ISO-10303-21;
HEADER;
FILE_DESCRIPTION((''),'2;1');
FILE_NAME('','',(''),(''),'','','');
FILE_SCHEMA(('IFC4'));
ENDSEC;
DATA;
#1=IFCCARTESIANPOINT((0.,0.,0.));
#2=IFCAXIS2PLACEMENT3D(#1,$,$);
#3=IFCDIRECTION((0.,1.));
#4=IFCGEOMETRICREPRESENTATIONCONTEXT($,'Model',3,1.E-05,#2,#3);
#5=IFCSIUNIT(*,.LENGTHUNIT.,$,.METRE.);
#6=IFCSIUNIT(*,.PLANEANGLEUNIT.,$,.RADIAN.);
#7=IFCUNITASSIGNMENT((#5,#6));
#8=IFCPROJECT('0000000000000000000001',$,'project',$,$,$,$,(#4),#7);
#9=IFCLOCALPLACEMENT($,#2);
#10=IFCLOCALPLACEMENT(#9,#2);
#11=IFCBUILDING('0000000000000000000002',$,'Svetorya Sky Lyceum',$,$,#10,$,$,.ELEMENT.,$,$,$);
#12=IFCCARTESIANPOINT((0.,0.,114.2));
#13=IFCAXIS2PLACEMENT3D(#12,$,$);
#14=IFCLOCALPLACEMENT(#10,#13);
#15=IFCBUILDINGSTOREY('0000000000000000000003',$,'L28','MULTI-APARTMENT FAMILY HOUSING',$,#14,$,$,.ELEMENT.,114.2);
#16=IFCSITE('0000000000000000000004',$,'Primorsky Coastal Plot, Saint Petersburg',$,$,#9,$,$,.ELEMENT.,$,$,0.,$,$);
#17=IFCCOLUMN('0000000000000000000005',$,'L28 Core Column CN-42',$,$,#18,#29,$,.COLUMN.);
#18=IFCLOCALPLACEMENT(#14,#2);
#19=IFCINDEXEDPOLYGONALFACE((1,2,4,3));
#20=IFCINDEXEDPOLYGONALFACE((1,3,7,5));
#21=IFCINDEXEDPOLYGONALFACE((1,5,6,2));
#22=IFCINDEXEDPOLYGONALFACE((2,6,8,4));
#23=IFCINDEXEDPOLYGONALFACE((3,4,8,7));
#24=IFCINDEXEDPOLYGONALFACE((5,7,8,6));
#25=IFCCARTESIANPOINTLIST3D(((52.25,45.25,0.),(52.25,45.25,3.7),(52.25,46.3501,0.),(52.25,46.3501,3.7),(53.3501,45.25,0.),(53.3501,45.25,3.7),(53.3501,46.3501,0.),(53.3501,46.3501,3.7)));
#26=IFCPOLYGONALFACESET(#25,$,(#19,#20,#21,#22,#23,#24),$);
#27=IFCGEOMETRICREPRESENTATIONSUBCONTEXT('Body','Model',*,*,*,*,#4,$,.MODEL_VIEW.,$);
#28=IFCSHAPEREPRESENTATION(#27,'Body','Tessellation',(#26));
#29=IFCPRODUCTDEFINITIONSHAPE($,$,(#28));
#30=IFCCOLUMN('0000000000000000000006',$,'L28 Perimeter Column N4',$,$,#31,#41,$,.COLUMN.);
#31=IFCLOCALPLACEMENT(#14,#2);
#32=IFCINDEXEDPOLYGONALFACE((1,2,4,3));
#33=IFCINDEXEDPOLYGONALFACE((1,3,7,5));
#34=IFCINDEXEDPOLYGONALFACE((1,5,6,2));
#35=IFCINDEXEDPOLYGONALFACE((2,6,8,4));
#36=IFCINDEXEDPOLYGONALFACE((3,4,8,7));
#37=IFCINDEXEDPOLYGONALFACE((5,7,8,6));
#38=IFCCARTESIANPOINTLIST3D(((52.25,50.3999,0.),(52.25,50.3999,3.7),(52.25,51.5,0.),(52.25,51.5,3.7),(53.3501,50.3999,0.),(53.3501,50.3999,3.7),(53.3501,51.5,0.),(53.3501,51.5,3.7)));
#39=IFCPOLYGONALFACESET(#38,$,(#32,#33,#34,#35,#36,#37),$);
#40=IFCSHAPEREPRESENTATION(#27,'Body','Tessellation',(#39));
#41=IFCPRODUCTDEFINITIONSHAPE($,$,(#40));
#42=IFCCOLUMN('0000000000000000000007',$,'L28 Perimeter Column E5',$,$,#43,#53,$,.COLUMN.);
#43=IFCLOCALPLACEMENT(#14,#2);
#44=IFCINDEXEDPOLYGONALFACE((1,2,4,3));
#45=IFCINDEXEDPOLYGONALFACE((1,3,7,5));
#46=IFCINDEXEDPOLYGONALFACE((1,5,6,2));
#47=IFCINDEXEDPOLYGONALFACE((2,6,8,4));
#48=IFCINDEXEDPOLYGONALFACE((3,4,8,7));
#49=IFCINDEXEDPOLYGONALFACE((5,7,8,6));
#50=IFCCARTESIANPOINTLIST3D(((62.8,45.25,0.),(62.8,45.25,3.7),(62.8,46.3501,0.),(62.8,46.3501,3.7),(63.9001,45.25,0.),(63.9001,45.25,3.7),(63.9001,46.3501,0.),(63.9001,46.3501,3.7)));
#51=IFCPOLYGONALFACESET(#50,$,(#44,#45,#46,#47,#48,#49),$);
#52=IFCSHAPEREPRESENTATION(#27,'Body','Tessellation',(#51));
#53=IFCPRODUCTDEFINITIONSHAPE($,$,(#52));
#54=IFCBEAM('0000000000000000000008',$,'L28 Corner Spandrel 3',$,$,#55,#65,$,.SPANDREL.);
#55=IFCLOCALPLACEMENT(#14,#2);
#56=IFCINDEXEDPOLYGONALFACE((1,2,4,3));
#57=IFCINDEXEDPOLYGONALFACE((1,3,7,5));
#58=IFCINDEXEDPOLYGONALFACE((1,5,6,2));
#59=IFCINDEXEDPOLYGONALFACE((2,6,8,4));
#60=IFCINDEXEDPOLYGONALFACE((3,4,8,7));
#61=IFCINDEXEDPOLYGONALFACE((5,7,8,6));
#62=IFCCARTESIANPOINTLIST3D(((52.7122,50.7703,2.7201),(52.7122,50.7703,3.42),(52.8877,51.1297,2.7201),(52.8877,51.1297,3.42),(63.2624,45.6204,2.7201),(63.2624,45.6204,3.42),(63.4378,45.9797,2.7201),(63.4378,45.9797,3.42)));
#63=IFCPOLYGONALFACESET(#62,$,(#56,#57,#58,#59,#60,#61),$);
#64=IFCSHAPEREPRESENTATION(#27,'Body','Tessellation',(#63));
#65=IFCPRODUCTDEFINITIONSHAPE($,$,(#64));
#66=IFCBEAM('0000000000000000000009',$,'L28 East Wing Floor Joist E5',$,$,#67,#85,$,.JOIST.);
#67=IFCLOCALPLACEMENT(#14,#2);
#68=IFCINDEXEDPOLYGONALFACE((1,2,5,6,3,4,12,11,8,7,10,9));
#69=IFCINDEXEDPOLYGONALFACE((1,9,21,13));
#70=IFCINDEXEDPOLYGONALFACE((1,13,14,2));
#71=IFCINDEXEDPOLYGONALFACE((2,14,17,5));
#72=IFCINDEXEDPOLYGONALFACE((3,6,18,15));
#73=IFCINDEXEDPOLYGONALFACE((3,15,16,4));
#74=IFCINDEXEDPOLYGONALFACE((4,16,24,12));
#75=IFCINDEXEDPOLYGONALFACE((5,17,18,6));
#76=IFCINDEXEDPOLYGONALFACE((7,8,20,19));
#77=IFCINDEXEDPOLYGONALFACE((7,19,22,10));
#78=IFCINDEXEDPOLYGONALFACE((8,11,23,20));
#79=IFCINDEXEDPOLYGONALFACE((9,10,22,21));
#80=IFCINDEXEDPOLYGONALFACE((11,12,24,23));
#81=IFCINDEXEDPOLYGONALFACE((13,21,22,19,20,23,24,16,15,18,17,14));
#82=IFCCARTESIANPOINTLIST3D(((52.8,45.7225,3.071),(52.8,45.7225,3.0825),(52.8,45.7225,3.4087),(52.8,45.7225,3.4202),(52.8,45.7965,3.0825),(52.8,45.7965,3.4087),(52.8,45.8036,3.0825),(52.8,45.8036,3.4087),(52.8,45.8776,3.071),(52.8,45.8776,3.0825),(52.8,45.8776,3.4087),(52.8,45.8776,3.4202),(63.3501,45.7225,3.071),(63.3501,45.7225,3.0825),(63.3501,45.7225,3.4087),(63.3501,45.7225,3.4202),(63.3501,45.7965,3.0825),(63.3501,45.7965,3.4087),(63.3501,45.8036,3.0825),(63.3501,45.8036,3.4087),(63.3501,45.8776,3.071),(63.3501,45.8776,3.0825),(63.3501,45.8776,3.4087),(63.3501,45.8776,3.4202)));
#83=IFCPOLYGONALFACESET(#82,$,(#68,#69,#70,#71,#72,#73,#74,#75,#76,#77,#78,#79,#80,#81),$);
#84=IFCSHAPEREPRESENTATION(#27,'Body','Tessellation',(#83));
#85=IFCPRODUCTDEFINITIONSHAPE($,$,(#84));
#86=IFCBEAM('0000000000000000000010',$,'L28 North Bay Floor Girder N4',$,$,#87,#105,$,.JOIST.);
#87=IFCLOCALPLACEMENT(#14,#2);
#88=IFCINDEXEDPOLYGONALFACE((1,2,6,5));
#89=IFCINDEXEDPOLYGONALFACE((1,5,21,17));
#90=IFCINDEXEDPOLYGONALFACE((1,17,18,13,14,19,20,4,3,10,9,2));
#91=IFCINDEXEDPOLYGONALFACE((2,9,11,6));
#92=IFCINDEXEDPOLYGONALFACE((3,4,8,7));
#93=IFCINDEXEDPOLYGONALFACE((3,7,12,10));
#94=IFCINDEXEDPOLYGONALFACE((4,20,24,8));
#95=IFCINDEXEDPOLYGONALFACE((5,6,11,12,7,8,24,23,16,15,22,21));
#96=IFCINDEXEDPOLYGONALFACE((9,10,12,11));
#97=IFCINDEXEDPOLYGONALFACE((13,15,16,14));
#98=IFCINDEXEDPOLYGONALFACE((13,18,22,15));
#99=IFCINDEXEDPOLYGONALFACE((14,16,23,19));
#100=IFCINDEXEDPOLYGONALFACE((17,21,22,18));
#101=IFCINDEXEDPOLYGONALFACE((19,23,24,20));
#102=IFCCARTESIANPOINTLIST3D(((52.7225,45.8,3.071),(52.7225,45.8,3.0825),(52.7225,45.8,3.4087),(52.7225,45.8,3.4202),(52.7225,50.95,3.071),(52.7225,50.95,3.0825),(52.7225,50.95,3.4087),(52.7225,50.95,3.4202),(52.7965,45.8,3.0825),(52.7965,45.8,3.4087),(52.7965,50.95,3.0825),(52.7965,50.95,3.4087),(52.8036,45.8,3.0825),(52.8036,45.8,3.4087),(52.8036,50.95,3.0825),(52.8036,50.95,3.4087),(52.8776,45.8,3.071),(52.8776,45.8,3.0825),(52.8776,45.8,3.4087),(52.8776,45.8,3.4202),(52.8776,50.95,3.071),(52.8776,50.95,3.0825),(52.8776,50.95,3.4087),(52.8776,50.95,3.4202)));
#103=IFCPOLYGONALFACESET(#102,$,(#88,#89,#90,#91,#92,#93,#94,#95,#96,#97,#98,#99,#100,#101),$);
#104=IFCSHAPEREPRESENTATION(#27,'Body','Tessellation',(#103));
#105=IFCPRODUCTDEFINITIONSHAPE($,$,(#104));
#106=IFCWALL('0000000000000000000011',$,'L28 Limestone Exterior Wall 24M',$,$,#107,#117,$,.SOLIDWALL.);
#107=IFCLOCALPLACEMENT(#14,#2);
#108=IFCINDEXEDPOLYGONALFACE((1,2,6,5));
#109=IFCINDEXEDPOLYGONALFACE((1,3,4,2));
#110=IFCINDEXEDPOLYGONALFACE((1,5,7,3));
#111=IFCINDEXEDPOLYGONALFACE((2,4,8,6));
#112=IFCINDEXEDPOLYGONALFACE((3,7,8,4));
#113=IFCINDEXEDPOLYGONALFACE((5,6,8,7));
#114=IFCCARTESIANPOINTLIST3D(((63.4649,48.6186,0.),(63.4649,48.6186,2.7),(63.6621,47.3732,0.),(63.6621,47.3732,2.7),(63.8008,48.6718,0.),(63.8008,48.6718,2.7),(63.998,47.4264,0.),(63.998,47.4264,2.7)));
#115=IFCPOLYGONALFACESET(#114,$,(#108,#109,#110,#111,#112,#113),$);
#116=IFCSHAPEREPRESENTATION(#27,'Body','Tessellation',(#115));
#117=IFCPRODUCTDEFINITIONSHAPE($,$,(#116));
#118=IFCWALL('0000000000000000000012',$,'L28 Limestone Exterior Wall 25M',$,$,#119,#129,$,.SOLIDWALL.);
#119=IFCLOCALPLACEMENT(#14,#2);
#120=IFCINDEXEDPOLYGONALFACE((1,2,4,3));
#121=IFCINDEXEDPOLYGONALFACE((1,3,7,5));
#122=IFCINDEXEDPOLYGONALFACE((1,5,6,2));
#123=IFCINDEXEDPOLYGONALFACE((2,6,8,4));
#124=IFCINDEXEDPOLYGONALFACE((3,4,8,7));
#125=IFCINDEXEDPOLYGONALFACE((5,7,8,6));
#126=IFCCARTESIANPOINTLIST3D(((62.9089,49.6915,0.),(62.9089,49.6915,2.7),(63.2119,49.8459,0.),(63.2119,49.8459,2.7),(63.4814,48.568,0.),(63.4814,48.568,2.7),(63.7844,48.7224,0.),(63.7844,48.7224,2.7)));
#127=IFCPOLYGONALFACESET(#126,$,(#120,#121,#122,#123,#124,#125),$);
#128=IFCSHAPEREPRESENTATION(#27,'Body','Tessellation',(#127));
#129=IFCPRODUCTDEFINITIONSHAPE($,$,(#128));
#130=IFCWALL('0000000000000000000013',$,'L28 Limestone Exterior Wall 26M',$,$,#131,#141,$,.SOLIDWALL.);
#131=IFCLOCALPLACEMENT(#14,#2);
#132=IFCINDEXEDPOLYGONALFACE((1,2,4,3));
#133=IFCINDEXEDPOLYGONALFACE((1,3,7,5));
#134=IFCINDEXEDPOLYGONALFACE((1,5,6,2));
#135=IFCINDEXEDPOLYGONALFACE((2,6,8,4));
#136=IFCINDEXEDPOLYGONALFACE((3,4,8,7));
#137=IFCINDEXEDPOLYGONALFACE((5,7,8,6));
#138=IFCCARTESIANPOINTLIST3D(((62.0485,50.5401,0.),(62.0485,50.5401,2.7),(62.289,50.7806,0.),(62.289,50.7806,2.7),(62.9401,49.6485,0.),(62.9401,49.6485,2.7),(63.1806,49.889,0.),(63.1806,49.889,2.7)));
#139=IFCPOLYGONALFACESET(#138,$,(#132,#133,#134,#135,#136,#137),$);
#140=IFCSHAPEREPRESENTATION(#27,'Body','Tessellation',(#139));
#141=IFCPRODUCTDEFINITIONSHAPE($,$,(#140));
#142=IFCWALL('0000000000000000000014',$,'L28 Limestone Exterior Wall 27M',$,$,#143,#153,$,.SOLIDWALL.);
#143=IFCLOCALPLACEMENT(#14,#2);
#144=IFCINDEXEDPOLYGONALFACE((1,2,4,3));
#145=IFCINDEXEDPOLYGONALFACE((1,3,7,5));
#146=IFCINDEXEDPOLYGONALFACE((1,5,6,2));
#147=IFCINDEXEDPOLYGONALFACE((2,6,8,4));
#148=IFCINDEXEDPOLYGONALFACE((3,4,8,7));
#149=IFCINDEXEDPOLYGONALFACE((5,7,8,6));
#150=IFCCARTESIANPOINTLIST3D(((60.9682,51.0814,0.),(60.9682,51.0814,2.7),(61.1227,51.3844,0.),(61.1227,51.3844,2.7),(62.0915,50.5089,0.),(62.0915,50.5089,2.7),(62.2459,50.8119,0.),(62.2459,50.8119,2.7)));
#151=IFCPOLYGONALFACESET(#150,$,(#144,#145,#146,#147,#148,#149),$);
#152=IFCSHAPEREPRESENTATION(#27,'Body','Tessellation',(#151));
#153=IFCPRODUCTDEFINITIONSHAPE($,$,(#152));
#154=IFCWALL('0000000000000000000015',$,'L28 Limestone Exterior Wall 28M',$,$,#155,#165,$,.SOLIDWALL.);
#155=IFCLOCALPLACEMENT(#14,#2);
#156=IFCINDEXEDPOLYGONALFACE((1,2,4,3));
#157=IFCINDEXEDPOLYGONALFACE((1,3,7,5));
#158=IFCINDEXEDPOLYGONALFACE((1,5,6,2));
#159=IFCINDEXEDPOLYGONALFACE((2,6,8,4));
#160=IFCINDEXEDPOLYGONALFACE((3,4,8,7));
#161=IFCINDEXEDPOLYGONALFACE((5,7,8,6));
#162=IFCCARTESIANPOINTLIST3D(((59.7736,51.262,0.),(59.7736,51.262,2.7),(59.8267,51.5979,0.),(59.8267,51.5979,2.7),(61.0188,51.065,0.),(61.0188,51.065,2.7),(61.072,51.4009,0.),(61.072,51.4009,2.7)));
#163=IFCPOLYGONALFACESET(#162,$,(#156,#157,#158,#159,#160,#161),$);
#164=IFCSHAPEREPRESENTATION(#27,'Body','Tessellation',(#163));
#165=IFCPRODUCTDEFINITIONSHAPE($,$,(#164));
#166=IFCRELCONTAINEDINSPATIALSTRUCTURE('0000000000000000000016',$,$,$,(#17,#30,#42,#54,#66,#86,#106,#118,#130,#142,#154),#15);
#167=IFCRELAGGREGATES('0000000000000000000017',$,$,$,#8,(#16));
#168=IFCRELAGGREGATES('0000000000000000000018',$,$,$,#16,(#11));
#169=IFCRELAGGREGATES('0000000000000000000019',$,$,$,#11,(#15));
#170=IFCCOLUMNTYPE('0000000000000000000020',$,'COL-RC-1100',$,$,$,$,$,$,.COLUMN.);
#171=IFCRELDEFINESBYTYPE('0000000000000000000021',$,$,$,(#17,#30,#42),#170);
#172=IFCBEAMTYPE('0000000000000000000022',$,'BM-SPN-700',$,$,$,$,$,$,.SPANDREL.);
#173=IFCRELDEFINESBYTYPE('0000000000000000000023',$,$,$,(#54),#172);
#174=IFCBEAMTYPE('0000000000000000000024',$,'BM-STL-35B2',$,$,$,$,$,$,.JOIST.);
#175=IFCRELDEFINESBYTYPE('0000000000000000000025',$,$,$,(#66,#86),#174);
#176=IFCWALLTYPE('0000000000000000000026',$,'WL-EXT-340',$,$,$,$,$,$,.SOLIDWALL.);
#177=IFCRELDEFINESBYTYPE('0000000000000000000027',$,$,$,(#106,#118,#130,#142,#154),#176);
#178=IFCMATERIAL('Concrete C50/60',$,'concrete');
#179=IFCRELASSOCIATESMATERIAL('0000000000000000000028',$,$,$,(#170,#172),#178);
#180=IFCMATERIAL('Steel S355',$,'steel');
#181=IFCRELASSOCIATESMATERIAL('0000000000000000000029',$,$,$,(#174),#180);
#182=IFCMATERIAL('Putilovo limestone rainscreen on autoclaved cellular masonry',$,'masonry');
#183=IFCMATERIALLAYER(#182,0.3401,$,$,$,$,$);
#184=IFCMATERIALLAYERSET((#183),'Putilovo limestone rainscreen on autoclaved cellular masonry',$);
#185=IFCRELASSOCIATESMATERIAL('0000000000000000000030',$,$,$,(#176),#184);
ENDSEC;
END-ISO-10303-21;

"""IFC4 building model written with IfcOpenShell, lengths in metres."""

from ifc_helpers import new_model, si_unit, direction, frame, frame_2d, origin, origin_2d, place, context, subcontext, project, spatial, rectangle, i_section, extrude, material, layer, layer_set, material_profile, profile_set, type_object, element, save


model = new_model("IFC4")

# Units and contexts
model_context = context("Model", 3, precision=1e-05, world=origin(), true_north=direction((0.0, 1.0)))
body_context = subcontext(model_context, "Body", "Model", "MODEL_VIEW")
ifc_project = project(units=[si_unit("LENGTHUNIT", "METRE"), si_unit("PLANEANGLEUNIT", "RADIAN")], contexts=[model_context])

# Site, building, storey
site_placement = place(None, origin())
site = spatial("IfcSite", under=ifc_project, at=site_placement, Name="Primorsky Coastal Plot, Saint Petersburg", CompositionType="ELEMENT", RefElevation=0.0)
building_placement = place(site_placement, origin())
building = spatial("IfcBuilding", under=site, at=building_placement, Name="Svetorya Sky Lyceum", CompositionType="ELEMENT")
storey_placement = place(building_placement, frame((0.0, 0.0, 114.2)))
storey = spatial("IfcBuildingStorey", under=building, at=storey_placement, Name="L28", Description="MULTI-APARTMENT FAMILY HOUSING", CompositionType="ELEMENT", Elevation=114.2)

# Columns
ifc_material_1 = material(Name="Concrete C50/60", Category="concrete")
ifc_material_profile_1 = material_profile(ifc_material_1, rectangle(XDim=1.1001, YDim=1.1001, at=origin_2d()), Name="RC COL 1100x1100")
ifc_profile_set_1 = profile_set([ifc_material_profile_1], Name="Concrete C50/60")
column_type = type_object("IfcColumnType", Name="COL-RC-1100", PredefinedType="COLUMN", material=ifc_profile_set_1)
for number, where, z_axis, x_axis, name in (
    (1, (52.8, 45.8, 0.0), (0.0, 0.0, 1.0), (1.0, 0.0, 0.0), "L28 Core Column CN-42"),
    (2, (52.8, 50.95, 0.0), (0.0, 0.0, 1.0), (1.0, 0.0, 0.0), "L28 Perimeter Column N4"),
    (3, (63.3501, 45.8, 0.0), (0.0, 0.0, 1.0), (1.0, 0.0, 0.0), "L28 Perimeter Column E5"),
):
    element("IfcColumn", number, at=place(storey_placement, frame(where, z_axis=z_axis, x_axis=x_axis)), inside=storey, type_object=column_type, Name=name, PredefinedType="COLUMN", context=body_context, shape_type="SweptSolid", body=[
        extrude(rectangle(XDim=1.1001, YDim=1.1001, at=origin_2d()), origin(), (0.0, 0.0, 1.0), 3.7),
    ])

# Beams
ifc_material_profile_2 = material_profile(ifc_material_1, rectangle(XDim=0.3999, YDim=0.7, at=origin_2d()), Name="RC SPANDREL 400x700")
ifc_profile_set_2 = profile_set([ifc_material_profile_2], Name="Concrete C50/60")
beam_type_1 = type_object("IfcBeamType", Name="BM-SPN-700", PredefinedType="SPANDREL", material=ifc_profile_set_2)
beam_1_placement = place(storey_placement, frame((63.3501, 45.8, 3.0701), z_axis=(-0.89865, 0.438667, 0.0), x_axis=(-0.438667, -0.89865, 0.0)))
element("IfcBeam", 4, at=beam_1_placement, inside=storey, type_object=beam_type_1, Name="L28 Corner Spandrel 3", PredefinedType="SPANDREL", context=body_context, shape_type="SweptSolid", body=[
    extrude(rectangle(XDim=0.3999, YDim=0.7, at=origin_2d()), origin(), (0.0, 0.0, 1.0), 11.74),
])
ifc_material_2 = material(Name="Steel S355", Category="steel")
ifc_material_profile_3 = material_profile(ifc_material_2, i_section(OverallWidth=0.155, OverallDepth=0.3491, WebThickness=0.0071, FlangeThickness=0.0115, at=origin_2d()), Name="GOST 35B2")
ifc_profile_set_3 = profile_set([ifc_material_profile_3], Name="Steel S355")
beam_type_2 = type_object("IfcBeamType", Name="BM-STL-35B2", PredefinedType="JOIST", material=ifc_profile_set_3)
beam_2_placement = place(storey_placement, frame((52.8, 45.8, 3.2456), z_axis=(1.0, 0.0, 0.0), x_axis=(0.0, 1.0, 0.0)))
element("IfcBeam", 5, at=beam_2_placement, inside=storey, type_object=beam_type_2, Name="L28 East Wing Floor Joist E5", PredefinedType="JOIST", context=body_context, shape_type="SweptSolid", body=[
    extrude(i_section(OverallWidth=0.155, OverallDepth=0.3491, WebThickness=0.0071, FlangeThickness=0.0115, at=origin_2d()), origin(), (0.0, 0.0, 1.0), 10.55),
])
beam_3_placement = place(storey_placement, frame((52.8, 45.8, 3.2456), z_axis=(0.0, 1.0, 0.0), x_axis=(-1.0, 0.0, 0.0)))
element("IfcBeam", 6, at=beam_3_placement, inside=storey, type_object=beam_type_2, Name="L28 North Bay Floor Girder N4", PredefinedType="JOIST", context=body_context, shape_type="SweptSolid", body=[
    extrude(i_section(OverallWidth=0.155, OverallDepth=0.3491, WebThickness=0.0071, FlangeThickness=0.0115, at=origin_2d()), origin(), (0.0, 0.0, 1.0), 5.1499),
])

# Walls
ifc_material_3 = material(Name="Putilovo limestone rainscreen on autoclaved cellular masonry", Category="masonry")
ifc_layer_1 = layer(ifc_material_3, 0.3401)
ifc_layer_set_1 = layer_set([ifc_layer_1], Name="Putilovo limestone rainscreen on autoclaved cellular masonry")
wall_type_1 = type_object("IfcWallType", Name="WL-EXT-340", PredefinedType="SOLIDWALL", material=ifc_layer_set_1)
for number, where, z_axis, x_axis, name in (
    (7, (63.8301, 47.3999, 0.0), (0.0, 0.0, 1.0), (-0.15645, 0.987686, 0.0), "L28 Limestone Exterior Wall 24M"),
    (8, (63.6328, 48.6453, 0.0), (0.0, 0.0, 1.0), (-0.454016, 0.890994, 0.0), "L28 Limestone Exterior Wall 25M"),
    (9, (63.0603, 49.7688, 0.0), (0.0, 0.0, 1.0), (-0.707107, 0.707107, 0.0), "L28 Limestone Exterior Wall 26M"),
):
    element("IfcWall", number, at=place(storey_placement, frame(where, z_axis=z_axis, x_axis=x_axis)), inside=storey, type_object=wall_type_1, Name=name, PredefinedType="SOLIDWALL", context=body_context, shape_type="SweptSolid", body=[
        extrude(rectangle(XDim=1.261, YDim=0.3401, at=frame_2d((0.6304, 0.0))), origin(), (0.0, 0.0, 1.0), 2.7),
    ])
for number, where, z_axis, x_axis, name in (
    (10, (62.1687, 50.6604, 0.0), (0.0, 0.0, 1.0), (-0.890954, 0.454094, 0.0), "L28 Limestone Exterior Wall 27M"),
    (11, (61.0454, 51.2329, 0.0), (0.0, 0.0, 1.0), (-0.987716, 0.156261, 0.0), "L28 Limestone Exterior Wall 28M"),
):
    element("IfcWall", number, at=place(storey_placement, frame(where, z_axis=z_axis, x_axis=x_axis)), inside=storey, type_object=wall_type_1, Name=name, PredefinedType="SOLIDWALL", context=body_context, shape_type="SweptSolid", body=[
        extrude(rectangle(XDim=1.2607, YDim=0.3401, at=frame_2d((0.6304, 0.0))), origin(), (0.0, 0.0, 1.0), 2.7),
    ])

save(model, "model.ifc")
